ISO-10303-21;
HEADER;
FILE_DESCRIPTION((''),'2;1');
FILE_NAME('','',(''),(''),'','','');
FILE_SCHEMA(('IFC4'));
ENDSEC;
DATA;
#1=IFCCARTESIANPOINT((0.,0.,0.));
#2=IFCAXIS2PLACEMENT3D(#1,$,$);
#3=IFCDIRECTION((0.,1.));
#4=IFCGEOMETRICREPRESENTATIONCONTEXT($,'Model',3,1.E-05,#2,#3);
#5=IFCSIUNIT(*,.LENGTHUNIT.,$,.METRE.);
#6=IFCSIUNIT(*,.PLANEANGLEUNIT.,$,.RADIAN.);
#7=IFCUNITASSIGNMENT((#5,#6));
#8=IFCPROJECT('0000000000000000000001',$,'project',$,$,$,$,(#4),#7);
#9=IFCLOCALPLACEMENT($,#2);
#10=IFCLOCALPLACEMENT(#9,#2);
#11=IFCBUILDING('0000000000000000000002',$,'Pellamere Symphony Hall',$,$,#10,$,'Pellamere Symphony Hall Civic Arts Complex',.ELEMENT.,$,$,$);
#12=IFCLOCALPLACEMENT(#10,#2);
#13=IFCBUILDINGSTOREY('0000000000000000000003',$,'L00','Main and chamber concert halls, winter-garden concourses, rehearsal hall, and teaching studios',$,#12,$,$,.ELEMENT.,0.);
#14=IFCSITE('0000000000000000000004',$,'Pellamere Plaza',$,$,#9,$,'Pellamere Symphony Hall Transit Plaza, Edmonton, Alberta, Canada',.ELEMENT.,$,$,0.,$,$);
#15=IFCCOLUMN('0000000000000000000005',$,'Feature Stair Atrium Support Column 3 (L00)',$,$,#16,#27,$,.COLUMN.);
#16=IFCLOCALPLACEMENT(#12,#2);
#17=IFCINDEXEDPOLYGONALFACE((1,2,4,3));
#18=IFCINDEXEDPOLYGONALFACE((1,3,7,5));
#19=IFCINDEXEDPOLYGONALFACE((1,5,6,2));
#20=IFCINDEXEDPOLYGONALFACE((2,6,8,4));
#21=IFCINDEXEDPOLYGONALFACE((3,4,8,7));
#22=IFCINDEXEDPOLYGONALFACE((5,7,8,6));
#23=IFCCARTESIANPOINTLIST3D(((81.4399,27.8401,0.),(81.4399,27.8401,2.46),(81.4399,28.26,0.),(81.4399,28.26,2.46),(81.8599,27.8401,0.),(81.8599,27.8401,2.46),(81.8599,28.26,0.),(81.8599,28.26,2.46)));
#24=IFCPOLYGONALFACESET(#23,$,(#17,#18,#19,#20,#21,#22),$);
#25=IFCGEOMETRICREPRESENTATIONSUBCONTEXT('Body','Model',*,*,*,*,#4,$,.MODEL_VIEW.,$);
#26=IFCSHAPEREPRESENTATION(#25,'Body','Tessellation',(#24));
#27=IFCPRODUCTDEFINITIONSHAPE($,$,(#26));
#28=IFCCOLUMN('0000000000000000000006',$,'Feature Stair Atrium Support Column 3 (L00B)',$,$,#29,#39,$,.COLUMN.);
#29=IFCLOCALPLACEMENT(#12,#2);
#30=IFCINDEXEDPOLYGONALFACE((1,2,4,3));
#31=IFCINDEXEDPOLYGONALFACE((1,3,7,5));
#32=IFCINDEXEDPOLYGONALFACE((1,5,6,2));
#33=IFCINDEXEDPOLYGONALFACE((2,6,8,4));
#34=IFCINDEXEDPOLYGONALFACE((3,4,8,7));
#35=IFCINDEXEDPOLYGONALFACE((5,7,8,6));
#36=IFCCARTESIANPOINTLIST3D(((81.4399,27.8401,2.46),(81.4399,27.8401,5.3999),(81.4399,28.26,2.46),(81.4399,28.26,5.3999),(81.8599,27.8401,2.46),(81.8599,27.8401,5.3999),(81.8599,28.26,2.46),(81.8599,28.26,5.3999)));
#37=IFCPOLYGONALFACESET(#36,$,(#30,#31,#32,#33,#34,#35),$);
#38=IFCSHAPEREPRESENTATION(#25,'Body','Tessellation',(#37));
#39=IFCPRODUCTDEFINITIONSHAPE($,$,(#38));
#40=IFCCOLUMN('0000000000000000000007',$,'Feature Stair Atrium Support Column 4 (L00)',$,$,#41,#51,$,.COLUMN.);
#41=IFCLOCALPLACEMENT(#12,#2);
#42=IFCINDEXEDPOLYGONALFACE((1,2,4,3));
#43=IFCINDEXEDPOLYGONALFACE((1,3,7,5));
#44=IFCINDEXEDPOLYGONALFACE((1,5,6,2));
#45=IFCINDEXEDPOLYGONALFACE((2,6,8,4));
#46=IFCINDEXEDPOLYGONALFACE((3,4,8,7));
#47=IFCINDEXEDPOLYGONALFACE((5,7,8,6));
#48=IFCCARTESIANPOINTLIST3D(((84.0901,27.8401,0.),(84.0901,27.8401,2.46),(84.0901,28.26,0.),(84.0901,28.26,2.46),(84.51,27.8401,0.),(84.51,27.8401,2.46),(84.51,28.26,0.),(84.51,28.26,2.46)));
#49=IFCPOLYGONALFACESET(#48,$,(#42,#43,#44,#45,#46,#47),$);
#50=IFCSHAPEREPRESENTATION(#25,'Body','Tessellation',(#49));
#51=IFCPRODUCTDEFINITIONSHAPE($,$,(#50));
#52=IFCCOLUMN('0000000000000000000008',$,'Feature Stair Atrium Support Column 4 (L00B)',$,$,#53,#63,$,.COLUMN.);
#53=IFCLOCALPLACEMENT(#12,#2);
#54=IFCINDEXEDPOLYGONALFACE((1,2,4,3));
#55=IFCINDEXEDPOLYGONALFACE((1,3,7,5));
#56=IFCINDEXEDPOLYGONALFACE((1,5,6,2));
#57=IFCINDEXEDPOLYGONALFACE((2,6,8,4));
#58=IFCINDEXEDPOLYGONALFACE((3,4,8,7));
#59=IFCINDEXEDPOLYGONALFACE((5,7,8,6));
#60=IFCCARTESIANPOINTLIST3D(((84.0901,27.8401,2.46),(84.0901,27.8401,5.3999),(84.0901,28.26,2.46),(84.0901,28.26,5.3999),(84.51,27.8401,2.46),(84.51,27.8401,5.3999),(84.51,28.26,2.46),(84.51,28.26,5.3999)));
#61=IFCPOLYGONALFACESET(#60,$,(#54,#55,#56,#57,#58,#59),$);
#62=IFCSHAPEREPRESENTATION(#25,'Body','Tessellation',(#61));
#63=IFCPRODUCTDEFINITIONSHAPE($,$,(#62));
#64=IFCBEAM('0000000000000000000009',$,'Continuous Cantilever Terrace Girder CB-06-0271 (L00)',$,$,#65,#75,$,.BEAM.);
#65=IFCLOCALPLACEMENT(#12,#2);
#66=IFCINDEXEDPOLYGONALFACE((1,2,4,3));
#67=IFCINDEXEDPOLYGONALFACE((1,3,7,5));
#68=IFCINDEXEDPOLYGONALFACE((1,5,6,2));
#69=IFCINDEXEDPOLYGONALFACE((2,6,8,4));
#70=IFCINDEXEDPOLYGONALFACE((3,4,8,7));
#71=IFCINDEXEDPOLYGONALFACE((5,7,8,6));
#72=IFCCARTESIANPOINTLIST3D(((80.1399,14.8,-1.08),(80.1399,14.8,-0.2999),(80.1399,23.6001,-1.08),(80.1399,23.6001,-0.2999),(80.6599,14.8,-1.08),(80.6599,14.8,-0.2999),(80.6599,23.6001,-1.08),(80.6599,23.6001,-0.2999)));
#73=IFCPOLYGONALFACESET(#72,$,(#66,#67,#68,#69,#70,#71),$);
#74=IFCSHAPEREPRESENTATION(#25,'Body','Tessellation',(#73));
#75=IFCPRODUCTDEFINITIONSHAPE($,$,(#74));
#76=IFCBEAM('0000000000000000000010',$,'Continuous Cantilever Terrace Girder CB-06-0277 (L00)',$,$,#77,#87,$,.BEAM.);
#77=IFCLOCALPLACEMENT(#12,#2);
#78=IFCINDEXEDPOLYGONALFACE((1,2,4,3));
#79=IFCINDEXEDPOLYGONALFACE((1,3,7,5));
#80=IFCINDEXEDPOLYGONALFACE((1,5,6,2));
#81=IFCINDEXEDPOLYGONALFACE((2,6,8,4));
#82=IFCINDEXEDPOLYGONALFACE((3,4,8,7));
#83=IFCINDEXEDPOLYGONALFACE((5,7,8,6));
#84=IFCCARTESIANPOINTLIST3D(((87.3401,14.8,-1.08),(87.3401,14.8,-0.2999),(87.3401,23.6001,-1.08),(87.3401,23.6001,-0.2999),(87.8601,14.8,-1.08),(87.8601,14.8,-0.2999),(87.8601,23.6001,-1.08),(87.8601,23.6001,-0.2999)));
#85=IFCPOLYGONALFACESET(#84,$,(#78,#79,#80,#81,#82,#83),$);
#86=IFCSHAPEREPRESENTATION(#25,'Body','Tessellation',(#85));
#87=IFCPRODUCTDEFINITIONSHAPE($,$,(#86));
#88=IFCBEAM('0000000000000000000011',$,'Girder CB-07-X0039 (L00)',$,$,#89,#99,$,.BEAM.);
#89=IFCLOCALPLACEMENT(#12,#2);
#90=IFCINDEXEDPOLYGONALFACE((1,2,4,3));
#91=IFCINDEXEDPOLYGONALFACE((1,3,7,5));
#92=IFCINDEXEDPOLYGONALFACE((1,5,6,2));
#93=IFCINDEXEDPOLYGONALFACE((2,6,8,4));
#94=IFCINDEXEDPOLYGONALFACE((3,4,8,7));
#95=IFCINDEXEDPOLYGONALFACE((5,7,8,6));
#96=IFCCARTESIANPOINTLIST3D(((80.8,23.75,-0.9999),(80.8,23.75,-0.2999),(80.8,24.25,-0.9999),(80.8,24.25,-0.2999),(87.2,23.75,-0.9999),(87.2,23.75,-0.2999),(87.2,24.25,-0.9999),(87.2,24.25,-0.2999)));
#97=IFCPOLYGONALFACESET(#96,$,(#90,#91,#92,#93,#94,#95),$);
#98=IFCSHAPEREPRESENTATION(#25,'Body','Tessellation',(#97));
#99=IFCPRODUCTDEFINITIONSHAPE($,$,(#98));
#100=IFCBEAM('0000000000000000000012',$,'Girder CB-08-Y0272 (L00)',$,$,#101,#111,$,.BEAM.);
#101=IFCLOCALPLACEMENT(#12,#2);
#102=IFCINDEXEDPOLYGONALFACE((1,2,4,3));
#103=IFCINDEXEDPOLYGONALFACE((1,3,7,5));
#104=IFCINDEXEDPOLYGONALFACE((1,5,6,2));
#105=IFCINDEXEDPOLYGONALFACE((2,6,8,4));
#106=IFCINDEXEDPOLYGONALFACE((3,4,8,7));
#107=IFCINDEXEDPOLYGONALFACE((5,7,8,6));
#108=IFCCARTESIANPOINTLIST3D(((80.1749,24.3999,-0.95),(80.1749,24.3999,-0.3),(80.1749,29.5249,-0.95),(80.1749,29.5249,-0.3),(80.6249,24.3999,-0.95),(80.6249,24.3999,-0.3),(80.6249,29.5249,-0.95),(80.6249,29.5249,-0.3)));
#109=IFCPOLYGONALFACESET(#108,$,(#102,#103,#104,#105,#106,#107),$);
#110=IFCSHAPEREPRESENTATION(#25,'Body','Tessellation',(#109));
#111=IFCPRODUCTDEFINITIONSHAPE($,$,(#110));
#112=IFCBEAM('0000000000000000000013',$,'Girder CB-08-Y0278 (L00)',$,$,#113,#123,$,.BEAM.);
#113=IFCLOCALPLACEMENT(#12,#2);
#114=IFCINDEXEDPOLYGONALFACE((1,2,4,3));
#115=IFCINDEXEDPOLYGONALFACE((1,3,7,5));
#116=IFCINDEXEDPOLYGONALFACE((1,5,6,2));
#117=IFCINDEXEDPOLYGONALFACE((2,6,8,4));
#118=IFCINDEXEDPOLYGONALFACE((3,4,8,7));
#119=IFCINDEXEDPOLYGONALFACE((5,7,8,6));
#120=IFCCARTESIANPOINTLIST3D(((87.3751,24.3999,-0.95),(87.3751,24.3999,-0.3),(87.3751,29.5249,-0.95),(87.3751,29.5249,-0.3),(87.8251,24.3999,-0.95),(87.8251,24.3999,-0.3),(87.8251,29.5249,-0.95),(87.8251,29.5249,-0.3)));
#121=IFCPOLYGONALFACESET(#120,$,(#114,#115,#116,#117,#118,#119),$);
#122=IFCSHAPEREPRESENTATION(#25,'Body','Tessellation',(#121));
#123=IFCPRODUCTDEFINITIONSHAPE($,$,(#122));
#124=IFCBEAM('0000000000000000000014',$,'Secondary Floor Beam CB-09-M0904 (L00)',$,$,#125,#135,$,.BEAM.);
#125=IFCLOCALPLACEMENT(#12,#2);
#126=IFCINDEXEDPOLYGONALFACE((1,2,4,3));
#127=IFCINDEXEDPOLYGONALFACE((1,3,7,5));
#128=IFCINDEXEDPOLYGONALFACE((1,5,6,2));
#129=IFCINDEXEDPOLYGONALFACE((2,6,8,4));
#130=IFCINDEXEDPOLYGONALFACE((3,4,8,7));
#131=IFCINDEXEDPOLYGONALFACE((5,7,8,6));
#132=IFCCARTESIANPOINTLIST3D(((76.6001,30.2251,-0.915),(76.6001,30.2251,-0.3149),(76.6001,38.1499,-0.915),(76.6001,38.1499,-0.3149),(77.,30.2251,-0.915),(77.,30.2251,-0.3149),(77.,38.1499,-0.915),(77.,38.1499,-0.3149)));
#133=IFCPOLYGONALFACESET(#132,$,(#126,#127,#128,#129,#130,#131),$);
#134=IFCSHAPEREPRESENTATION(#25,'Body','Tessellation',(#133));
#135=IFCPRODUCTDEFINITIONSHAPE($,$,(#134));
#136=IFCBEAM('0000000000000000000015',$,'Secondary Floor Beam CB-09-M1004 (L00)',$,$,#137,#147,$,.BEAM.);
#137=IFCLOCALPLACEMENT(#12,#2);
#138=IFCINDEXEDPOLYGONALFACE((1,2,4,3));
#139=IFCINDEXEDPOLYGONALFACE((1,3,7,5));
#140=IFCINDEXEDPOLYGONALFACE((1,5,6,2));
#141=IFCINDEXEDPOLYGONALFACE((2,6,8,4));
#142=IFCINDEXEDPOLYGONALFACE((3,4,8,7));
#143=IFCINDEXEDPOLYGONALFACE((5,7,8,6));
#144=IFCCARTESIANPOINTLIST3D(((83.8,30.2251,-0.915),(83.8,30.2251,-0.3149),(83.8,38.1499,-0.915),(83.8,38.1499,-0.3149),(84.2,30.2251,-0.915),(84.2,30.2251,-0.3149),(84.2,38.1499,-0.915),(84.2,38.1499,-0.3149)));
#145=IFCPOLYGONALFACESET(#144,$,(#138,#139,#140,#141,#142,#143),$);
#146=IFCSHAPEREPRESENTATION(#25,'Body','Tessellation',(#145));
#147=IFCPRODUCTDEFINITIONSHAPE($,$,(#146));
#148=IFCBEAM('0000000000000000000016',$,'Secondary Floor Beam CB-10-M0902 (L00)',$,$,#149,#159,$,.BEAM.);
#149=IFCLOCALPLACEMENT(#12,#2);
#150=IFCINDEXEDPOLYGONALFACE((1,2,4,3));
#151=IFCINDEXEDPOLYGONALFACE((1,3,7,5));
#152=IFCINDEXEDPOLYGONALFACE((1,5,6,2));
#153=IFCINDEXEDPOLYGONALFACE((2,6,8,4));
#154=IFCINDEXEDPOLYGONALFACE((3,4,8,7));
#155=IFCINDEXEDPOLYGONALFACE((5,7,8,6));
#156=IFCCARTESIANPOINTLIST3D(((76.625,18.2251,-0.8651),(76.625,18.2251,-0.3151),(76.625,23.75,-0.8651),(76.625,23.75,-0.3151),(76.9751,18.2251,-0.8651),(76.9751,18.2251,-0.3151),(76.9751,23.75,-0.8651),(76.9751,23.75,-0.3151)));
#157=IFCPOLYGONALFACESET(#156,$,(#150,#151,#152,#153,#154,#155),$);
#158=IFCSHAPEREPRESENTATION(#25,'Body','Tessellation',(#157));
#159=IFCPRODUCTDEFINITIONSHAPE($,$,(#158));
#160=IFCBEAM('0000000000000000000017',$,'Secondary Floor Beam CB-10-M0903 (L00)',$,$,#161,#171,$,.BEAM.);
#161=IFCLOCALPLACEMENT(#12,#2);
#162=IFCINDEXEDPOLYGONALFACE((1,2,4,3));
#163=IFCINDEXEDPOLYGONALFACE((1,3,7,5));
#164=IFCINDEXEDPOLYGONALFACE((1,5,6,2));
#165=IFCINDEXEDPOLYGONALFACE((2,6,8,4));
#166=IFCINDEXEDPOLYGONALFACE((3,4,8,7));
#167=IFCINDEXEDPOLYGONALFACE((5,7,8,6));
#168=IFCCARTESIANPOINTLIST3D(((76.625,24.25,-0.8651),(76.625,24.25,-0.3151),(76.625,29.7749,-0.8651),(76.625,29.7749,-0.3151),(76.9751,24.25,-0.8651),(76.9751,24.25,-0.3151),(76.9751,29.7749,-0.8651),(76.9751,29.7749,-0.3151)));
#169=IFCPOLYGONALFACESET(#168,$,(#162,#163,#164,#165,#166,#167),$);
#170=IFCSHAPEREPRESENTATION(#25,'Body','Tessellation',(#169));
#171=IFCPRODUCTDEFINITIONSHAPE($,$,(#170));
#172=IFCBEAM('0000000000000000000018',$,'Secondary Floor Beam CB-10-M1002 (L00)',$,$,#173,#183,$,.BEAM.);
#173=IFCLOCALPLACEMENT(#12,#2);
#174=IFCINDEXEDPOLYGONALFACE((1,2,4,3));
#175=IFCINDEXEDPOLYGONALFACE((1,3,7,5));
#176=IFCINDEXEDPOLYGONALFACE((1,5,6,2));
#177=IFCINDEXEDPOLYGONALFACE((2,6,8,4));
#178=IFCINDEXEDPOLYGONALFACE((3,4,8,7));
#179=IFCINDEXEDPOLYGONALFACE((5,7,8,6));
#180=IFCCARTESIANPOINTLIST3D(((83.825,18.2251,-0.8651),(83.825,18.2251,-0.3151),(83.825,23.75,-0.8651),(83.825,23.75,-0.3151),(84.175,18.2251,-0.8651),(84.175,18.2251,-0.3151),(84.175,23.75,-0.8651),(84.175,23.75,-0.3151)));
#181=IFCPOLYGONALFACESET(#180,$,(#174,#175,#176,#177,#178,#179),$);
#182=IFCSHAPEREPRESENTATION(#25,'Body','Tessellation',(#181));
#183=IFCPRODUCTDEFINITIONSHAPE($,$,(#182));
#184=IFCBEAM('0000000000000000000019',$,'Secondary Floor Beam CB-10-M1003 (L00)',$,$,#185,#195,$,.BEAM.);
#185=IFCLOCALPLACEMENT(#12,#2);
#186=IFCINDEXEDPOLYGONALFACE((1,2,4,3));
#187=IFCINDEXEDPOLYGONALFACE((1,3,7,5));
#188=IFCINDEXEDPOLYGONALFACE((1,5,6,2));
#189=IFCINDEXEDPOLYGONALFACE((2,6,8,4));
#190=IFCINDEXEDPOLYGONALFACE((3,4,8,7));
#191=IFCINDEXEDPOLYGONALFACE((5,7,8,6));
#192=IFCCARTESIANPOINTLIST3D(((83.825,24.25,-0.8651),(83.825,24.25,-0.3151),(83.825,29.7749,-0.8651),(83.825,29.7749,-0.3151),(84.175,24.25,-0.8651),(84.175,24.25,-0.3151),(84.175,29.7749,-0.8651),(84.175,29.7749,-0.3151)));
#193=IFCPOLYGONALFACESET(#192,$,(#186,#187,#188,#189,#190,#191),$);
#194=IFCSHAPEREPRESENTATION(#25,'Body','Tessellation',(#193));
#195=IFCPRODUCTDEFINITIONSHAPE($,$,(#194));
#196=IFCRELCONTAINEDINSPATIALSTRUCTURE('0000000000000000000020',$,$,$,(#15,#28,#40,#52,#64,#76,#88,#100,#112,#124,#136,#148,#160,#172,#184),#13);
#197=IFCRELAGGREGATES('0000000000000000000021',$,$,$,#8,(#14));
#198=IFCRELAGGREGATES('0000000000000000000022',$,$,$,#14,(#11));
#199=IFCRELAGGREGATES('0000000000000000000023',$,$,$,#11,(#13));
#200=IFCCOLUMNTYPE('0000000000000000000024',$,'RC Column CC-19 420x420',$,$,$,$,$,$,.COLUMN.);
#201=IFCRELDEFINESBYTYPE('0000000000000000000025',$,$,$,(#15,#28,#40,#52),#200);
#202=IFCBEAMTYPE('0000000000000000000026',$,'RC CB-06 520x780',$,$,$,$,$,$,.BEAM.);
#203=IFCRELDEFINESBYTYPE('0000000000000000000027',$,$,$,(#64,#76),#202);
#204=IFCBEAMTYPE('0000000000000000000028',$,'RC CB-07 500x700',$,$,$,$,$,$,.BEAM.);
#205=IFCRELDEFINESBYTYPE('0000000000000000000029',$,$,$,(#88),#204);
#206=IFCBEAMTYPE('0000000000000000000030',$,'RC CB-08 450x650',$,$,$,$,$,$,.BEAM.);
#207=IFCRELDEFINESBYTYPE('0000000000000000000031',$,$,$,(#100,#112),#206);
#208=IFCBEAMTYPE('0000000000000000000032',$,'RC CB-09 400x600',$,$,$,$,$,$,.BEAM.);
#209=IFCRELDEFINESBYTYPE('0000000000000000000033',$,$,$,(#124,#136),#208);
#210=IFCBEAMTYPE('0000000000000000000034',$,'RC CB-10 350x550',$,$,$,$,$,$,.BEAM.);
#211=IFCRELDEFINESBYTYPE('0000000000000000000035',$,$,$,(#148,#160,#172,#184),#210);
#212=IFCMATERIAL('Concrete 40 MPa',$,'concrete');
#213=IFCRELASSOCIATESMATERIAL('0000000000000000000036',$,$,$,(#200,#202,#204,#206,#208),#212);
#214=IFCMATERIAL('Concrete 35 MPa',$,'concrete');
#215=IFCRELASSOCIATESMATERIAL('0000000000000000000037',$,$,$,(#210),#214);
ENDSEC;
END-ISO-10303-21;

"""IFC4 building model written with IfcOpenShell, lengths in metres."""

from ifc_helpers import new_model, si_unit, direction, frame, origin, origin_2d, place, context, subcontext, project, spatial, rectangle, extrude, material, material_profile, profile_set, type_object, element, save


model = new_model("IFC4")

# Units and contexts
model_context = context("Model", 3, precision=1e-05, world=origin(), true_north=direction((0.0, 1.0)))
body_context = subcontext(model_context, "Body", "Model", "MODEL_VIEW")
ifc_project = project(units=[si_unit("LENGTHUNIT", "METRE"), si_unit("PLANEANGLEUNIT", "RADIAN")], contexts=[model_context])

# Site, building, storey
site_placement = place(None, origin())
site = spatial("IfcSite", under=ifc_project, at=site_placement, Name="Pellamere Plaza", LongName="Pellamere Symphony Hall Transit Plaza, Edmonton, Alberta, Canada", CompositionType="ELEMENT", RefElevation=0.0)
building_placement = place(site_placement, origin())
building = spatial("IfcBuilding", under=site, at=building_placement, Name="Pellamere Symphony Hall", LongName="Pellamere Symphony Hall Civic Arts Complex", CompositionType="ELEMENT")
storey_placement = place(building_placement, origin())
storey = spatial("IfcBuildingStorey", under=building, at=storey_placement, Name="L00", Description="Main and chamber concert halls, winter-garden concourses, rehearsal hall, and teaching studios", CompositionType="ELEMENT", Elevation=0.0)

# Columns
ifc_material_1 = material(Name="Concrete 40 MPa", Category="concrete")
ifc_material_profile_1 = material_profile(ifc_material_1, rectangle(XDim=0.4199, YDim=0.4199, at=origin_2d()), Name="RC 420x420")
ifc_profile_set_1 = profile_set([ifc_material_profile_1], Name="Concrete 40 MPa")
column_type_1 = type_object("IfcColumnType", Name="RC Column CC-19 420x420", PredefinedType="COLUMN", material=ifc_profile_set_1)
column_1_placement = place(storey_placement, frame((81.6499, 28.05, 0.0), z_axis=(0.0, 0.0, 1.0), x_axis=(1.0, 0.0, 0.0)))
element("IfcColumn", 1, at=column_1_placement, inside=storey, type_object=column_type_1, Name="Feature Stair Atrium Support Column 3 (L00)", PredefinedType="COLUMN", context=body_context, shape_type="SweptSolid", body=[
    extrude(rectangle(XDim=0.4199, YDim=0.4199, at=origin_2d()), origin(), (0.0, 0.0, 1.0), 2.46),
])
column_2_placement = place(storey_placement, frame((81.6499, 28.05, 2.46), z_axis=(0.0, 0.0, 1.0), x_axis=(1.0, 0.0, 0.0)))
element("IfcColumn", 2, at=column_2_placement, inside=storey, type_object=column_type_1, Name="Feature Stair Atrium Support Column 3 (L00B)", PredefinedType="COLUMN", context=body_context, shape_type="SweptSolid", body=[
    extrude(rectangle(XDim=0.4199, YDim=0.4199, at=origin_2d()), origin(), (0.0, 0.0, 1.0), 2.9399),
])
column_3_placement = place(storey_placement, frame((84.3, 28.05, 0.0), z_axis=(0.0, 0.0, 1.0), x_axis=(1.0, 0.0, 0.0)))
element("IfcColumn", 3, at=column_3_placement, inside=storey, type_object=column_type_1, Name="Feature Stair Atrium Support Column 4 (L00)", PredefinedType="COLUMN", context=body_context, shape_type="SweptSolid", body=[
    extrude(rectangle(XDim=0.4199, YDim=0.4199, at=origin_2d()), origin(), (0.0, 0.0, 1.0), 2.46),
])
column_4_placement = place(storey_placement, frame((84.3, 28.05, 2.46), z_axis=(0.0, 0.0, 1.0), x_axis=(1.0, 0.0, 0.0)))
element("IfcColumn", 4, at=column_4_placement, inside=storey, type_object=column_type_1, Name="Feature Stair Atrium Support Column 4 (L00B)", PredefinedType="COLUMN", context=body_context, shape_type="SweptSolid", body=[
    extrude(rectangle(XDim=0.4199, YDim=0.4199, at=origin_2d()), origin(), (0.0, 0.0, 1.0), 2.9399),
])

# Beams
ifc_material_profile_2 = material_profile(ifc_material_1, rectangle(XDim=0.52, YDim=0.78, at=origin_2d()), Name="RC 520x780")
ifc_profile_set_2 = profile_set([ifc_material_profile_2], Name="Concrete 40 MPa")
beam_type_1 = type_object("IfcBeamType", Name="RC CB-06 520x780", PredefinedType="BEAM", material=ifc_profile_set_2)
for number, where, z_axis, x_axis, name in (
    (5, (80.3999, 14.8, -0.6899), (0.0, 1.0, 0.0), (-1.0, 0.0, 0.0), "Continuous Cantilever Terrace Girder CB-06-0271 (L00)"),
    (6, (87.6001, 14.8, -0.6899), (0.0, 1.0, 0.0), (-1.0, 0.0, 0.0), "Continuous Cantilever Terrace Girder CB-06-0277 (L00)"),
):
    element("IfcBeam", number, at=place(storey_placement, frame(where, z_axis=z_axis, x_axis=x_axis)), inside=storey, type_object=beam_type_1, Name=name, PredefinedType="BEAM", context=body_context, shape_type="SweptSolid", body=[
        extrude(rectangle(XDim=0.52, YDim=0.78, at=origin_2d()), origin(), (0.0, 0.0, 1.0), 8.8),
    ])
ifc_material_profile_3 = material_profile(ifc_material_1, rectangle(XDim=0.5, YDim=0.7, at=origin_2d()), Name="RC 500x700")
ifc_profile_set_3 = profile_set([ifc_material_profile_3], Name="Concrete 40 MPa")
beam_type_2 = type_object("IfcBeamType", Name="RC CB-07 500x700", PredefinedType="BEAM", material=ifc_profile_set_3)
beam_placement = place(storey_placement, frame((80.8, 24.0, -0.6499), z_axis=(1.0, 0.0, 0.0), x_axis=(0.0, 1.0, 0.0)))
element("IfcBeam", 7, at=beam_placement, inside=storey, type_object=beam_type_2, Name="Girder CB-07-X0039 (L00)", PredefinedType="BEAM", context=body_context, shape_type="SweptSolid", body=[
    extrude(rectangle(XDim=0.5, YDim=0.7, at=origin_2d()), origin(), (0.0, 0.0, 1.0), 6.3999),
])
ifc_material_profile_4 = material_profile(ifc_material_1, rectangle(XDim=0.45, YDim=0.6499, at=origin_2d()), Name="RC 450x650")
ifc_profile_set_4 = profile_set([ifc_material_profile_4], Name="Concrete 40 MPa")
beam_type_3 = type_object("IfcBeamType", Name="RC CB-08 450x650", PredefinedType="BEAM", material=ifc_profile_set_4)
for number, where, z_axis, x_axis, name in (
    (8, (80.3999, 24.3999, -0.625), (0.0, 1.0, 0.0), (-1.0, 0.0, 0.0), "Girder CB-08-Y0272 (L00)"),
    (9, (87.6001, 24.3999, -0.625), (0.0, 1.0, 0.0), (-1.0, 0.0, 0.0), "Girder CB-08-Y0278 (L00)"),
):
    element("IfcBeam", number, at=place(storey_placement, frame(where, z_axis=z_axis, x_axis=x_axis)), inside=storey, type_object=beam_type_3, Name=name, PredefinedType="BEAM", context=body_context, shape_type="SweptSolid", body=[
        extrude(rectangle(XDim=0.45, YDim=0.6499, at=origin_2d()), origin(), (0.0, 0.0, 1.0), 5.125),
    ])
ifc_material_profile_5 = material_profile(ifc_material_1, rectangle(XDim=0.3999, YDim=0.6001, at=origin_2d()), Name="RC 400x600")
ifc_profile_set_5 = profile_set([ifc_material_profile_5], Name="Concrete 40 MPa")
beam_type_4 = type_object("IfcBeamType", Name="RC CB-09 400x600", PredefinedType="BEAM", material=ifc_profile_set_5)
for number, where, z_axis, x_axis, name in (
    (10, (76.8, 30.2251, -0.615), (0.0, 1.0, 0.0), (-1.0, 0.0, 0.0), "Secondary Floor Beam CB-09-M0904 (L00)"),
    (11, (84.0, 30.2251, -0.615), (0.0, 1.0, 0.0), (-1.0, 0.0, 0.0), "Secondary Floor Beam CB-09-M1004 (L00)"),
):
    element("IfcBeam", number, at=place(storey_placement, frame(where, z_axis=z_axis, x_axis=x_axis)), inside=storey, type_object=beam_type_4, Name=name, PredefinedType="BEAM", context=body_context, shape_type="SweptSolid", body=[
        extrude(rectangle(XDim=0.3999, YDim=0.6001, at=origin_2d()), origin(), (0.0, 0.0, 1.0), 7.9248),
    ])
ifc_material_2 = material(Name="Concrete 35 MPa", Category="concrete")
ifc_material_profile_6 = material_profile(ifc_material_2, rectangle(XDim=0.3501, YDim=0.55, at=origin_2d()), Name="RC 350x550")
ifc_profile_set_6 = profile_set([ifc_material_profile_6], Name="Concrete 35 MPa")
beam_type_5 = type_object("IfcBeamType", Name="RC CB-10 350x550", PredefinedType="BEAM", material=ifc_profile_set_6)
for number, where, z_axis, x_axis, name in (
    (12, (76.8, 18.2251, -0.5901), (0.0, 1.0, 0.0), (-1.0, 0.0, 0.0), "Secondary Floor Beam CB-10-M0902 (L00)"),
    (13, (76.8, 24.25, -0.5901), (0.0, 1.0, 0.0), (-1.0, 0.0, 0.0), "Secondary Floor Beam CB-10-M0903 (L00)"),
    (14, (84.0, 18.2251, -0.5901), (0.0, 1.0, 0.0), (-1.0, 0.0, 0.0), "Secondary Floor Beam CB-10-M1002 (L00)"),
    (15, (84.0, 24.25, -0.5901), (0.0, 1.0, 0.0), (-1.0, 0.0, 0.0), "Secondary Floor Beam CB-10-M1003 (L00)"),
):
    element("IfcBeam", number, at=place(storey_placement, frame(where, z_axis=z_axis, x_axis=x_axis)), inside=storey, type_object=beam_type_5, Name=name, PredefinedType="BEAM", context=body_context, shape_type="SweptSolid", body=[
        extrude(rectangle(XDim=0.3501, YDim=0.55, at=origin_2d()), origin(), (0.0, 0.0, 1.0), 5.5249),
    ])

save(model, "model.ifc")
